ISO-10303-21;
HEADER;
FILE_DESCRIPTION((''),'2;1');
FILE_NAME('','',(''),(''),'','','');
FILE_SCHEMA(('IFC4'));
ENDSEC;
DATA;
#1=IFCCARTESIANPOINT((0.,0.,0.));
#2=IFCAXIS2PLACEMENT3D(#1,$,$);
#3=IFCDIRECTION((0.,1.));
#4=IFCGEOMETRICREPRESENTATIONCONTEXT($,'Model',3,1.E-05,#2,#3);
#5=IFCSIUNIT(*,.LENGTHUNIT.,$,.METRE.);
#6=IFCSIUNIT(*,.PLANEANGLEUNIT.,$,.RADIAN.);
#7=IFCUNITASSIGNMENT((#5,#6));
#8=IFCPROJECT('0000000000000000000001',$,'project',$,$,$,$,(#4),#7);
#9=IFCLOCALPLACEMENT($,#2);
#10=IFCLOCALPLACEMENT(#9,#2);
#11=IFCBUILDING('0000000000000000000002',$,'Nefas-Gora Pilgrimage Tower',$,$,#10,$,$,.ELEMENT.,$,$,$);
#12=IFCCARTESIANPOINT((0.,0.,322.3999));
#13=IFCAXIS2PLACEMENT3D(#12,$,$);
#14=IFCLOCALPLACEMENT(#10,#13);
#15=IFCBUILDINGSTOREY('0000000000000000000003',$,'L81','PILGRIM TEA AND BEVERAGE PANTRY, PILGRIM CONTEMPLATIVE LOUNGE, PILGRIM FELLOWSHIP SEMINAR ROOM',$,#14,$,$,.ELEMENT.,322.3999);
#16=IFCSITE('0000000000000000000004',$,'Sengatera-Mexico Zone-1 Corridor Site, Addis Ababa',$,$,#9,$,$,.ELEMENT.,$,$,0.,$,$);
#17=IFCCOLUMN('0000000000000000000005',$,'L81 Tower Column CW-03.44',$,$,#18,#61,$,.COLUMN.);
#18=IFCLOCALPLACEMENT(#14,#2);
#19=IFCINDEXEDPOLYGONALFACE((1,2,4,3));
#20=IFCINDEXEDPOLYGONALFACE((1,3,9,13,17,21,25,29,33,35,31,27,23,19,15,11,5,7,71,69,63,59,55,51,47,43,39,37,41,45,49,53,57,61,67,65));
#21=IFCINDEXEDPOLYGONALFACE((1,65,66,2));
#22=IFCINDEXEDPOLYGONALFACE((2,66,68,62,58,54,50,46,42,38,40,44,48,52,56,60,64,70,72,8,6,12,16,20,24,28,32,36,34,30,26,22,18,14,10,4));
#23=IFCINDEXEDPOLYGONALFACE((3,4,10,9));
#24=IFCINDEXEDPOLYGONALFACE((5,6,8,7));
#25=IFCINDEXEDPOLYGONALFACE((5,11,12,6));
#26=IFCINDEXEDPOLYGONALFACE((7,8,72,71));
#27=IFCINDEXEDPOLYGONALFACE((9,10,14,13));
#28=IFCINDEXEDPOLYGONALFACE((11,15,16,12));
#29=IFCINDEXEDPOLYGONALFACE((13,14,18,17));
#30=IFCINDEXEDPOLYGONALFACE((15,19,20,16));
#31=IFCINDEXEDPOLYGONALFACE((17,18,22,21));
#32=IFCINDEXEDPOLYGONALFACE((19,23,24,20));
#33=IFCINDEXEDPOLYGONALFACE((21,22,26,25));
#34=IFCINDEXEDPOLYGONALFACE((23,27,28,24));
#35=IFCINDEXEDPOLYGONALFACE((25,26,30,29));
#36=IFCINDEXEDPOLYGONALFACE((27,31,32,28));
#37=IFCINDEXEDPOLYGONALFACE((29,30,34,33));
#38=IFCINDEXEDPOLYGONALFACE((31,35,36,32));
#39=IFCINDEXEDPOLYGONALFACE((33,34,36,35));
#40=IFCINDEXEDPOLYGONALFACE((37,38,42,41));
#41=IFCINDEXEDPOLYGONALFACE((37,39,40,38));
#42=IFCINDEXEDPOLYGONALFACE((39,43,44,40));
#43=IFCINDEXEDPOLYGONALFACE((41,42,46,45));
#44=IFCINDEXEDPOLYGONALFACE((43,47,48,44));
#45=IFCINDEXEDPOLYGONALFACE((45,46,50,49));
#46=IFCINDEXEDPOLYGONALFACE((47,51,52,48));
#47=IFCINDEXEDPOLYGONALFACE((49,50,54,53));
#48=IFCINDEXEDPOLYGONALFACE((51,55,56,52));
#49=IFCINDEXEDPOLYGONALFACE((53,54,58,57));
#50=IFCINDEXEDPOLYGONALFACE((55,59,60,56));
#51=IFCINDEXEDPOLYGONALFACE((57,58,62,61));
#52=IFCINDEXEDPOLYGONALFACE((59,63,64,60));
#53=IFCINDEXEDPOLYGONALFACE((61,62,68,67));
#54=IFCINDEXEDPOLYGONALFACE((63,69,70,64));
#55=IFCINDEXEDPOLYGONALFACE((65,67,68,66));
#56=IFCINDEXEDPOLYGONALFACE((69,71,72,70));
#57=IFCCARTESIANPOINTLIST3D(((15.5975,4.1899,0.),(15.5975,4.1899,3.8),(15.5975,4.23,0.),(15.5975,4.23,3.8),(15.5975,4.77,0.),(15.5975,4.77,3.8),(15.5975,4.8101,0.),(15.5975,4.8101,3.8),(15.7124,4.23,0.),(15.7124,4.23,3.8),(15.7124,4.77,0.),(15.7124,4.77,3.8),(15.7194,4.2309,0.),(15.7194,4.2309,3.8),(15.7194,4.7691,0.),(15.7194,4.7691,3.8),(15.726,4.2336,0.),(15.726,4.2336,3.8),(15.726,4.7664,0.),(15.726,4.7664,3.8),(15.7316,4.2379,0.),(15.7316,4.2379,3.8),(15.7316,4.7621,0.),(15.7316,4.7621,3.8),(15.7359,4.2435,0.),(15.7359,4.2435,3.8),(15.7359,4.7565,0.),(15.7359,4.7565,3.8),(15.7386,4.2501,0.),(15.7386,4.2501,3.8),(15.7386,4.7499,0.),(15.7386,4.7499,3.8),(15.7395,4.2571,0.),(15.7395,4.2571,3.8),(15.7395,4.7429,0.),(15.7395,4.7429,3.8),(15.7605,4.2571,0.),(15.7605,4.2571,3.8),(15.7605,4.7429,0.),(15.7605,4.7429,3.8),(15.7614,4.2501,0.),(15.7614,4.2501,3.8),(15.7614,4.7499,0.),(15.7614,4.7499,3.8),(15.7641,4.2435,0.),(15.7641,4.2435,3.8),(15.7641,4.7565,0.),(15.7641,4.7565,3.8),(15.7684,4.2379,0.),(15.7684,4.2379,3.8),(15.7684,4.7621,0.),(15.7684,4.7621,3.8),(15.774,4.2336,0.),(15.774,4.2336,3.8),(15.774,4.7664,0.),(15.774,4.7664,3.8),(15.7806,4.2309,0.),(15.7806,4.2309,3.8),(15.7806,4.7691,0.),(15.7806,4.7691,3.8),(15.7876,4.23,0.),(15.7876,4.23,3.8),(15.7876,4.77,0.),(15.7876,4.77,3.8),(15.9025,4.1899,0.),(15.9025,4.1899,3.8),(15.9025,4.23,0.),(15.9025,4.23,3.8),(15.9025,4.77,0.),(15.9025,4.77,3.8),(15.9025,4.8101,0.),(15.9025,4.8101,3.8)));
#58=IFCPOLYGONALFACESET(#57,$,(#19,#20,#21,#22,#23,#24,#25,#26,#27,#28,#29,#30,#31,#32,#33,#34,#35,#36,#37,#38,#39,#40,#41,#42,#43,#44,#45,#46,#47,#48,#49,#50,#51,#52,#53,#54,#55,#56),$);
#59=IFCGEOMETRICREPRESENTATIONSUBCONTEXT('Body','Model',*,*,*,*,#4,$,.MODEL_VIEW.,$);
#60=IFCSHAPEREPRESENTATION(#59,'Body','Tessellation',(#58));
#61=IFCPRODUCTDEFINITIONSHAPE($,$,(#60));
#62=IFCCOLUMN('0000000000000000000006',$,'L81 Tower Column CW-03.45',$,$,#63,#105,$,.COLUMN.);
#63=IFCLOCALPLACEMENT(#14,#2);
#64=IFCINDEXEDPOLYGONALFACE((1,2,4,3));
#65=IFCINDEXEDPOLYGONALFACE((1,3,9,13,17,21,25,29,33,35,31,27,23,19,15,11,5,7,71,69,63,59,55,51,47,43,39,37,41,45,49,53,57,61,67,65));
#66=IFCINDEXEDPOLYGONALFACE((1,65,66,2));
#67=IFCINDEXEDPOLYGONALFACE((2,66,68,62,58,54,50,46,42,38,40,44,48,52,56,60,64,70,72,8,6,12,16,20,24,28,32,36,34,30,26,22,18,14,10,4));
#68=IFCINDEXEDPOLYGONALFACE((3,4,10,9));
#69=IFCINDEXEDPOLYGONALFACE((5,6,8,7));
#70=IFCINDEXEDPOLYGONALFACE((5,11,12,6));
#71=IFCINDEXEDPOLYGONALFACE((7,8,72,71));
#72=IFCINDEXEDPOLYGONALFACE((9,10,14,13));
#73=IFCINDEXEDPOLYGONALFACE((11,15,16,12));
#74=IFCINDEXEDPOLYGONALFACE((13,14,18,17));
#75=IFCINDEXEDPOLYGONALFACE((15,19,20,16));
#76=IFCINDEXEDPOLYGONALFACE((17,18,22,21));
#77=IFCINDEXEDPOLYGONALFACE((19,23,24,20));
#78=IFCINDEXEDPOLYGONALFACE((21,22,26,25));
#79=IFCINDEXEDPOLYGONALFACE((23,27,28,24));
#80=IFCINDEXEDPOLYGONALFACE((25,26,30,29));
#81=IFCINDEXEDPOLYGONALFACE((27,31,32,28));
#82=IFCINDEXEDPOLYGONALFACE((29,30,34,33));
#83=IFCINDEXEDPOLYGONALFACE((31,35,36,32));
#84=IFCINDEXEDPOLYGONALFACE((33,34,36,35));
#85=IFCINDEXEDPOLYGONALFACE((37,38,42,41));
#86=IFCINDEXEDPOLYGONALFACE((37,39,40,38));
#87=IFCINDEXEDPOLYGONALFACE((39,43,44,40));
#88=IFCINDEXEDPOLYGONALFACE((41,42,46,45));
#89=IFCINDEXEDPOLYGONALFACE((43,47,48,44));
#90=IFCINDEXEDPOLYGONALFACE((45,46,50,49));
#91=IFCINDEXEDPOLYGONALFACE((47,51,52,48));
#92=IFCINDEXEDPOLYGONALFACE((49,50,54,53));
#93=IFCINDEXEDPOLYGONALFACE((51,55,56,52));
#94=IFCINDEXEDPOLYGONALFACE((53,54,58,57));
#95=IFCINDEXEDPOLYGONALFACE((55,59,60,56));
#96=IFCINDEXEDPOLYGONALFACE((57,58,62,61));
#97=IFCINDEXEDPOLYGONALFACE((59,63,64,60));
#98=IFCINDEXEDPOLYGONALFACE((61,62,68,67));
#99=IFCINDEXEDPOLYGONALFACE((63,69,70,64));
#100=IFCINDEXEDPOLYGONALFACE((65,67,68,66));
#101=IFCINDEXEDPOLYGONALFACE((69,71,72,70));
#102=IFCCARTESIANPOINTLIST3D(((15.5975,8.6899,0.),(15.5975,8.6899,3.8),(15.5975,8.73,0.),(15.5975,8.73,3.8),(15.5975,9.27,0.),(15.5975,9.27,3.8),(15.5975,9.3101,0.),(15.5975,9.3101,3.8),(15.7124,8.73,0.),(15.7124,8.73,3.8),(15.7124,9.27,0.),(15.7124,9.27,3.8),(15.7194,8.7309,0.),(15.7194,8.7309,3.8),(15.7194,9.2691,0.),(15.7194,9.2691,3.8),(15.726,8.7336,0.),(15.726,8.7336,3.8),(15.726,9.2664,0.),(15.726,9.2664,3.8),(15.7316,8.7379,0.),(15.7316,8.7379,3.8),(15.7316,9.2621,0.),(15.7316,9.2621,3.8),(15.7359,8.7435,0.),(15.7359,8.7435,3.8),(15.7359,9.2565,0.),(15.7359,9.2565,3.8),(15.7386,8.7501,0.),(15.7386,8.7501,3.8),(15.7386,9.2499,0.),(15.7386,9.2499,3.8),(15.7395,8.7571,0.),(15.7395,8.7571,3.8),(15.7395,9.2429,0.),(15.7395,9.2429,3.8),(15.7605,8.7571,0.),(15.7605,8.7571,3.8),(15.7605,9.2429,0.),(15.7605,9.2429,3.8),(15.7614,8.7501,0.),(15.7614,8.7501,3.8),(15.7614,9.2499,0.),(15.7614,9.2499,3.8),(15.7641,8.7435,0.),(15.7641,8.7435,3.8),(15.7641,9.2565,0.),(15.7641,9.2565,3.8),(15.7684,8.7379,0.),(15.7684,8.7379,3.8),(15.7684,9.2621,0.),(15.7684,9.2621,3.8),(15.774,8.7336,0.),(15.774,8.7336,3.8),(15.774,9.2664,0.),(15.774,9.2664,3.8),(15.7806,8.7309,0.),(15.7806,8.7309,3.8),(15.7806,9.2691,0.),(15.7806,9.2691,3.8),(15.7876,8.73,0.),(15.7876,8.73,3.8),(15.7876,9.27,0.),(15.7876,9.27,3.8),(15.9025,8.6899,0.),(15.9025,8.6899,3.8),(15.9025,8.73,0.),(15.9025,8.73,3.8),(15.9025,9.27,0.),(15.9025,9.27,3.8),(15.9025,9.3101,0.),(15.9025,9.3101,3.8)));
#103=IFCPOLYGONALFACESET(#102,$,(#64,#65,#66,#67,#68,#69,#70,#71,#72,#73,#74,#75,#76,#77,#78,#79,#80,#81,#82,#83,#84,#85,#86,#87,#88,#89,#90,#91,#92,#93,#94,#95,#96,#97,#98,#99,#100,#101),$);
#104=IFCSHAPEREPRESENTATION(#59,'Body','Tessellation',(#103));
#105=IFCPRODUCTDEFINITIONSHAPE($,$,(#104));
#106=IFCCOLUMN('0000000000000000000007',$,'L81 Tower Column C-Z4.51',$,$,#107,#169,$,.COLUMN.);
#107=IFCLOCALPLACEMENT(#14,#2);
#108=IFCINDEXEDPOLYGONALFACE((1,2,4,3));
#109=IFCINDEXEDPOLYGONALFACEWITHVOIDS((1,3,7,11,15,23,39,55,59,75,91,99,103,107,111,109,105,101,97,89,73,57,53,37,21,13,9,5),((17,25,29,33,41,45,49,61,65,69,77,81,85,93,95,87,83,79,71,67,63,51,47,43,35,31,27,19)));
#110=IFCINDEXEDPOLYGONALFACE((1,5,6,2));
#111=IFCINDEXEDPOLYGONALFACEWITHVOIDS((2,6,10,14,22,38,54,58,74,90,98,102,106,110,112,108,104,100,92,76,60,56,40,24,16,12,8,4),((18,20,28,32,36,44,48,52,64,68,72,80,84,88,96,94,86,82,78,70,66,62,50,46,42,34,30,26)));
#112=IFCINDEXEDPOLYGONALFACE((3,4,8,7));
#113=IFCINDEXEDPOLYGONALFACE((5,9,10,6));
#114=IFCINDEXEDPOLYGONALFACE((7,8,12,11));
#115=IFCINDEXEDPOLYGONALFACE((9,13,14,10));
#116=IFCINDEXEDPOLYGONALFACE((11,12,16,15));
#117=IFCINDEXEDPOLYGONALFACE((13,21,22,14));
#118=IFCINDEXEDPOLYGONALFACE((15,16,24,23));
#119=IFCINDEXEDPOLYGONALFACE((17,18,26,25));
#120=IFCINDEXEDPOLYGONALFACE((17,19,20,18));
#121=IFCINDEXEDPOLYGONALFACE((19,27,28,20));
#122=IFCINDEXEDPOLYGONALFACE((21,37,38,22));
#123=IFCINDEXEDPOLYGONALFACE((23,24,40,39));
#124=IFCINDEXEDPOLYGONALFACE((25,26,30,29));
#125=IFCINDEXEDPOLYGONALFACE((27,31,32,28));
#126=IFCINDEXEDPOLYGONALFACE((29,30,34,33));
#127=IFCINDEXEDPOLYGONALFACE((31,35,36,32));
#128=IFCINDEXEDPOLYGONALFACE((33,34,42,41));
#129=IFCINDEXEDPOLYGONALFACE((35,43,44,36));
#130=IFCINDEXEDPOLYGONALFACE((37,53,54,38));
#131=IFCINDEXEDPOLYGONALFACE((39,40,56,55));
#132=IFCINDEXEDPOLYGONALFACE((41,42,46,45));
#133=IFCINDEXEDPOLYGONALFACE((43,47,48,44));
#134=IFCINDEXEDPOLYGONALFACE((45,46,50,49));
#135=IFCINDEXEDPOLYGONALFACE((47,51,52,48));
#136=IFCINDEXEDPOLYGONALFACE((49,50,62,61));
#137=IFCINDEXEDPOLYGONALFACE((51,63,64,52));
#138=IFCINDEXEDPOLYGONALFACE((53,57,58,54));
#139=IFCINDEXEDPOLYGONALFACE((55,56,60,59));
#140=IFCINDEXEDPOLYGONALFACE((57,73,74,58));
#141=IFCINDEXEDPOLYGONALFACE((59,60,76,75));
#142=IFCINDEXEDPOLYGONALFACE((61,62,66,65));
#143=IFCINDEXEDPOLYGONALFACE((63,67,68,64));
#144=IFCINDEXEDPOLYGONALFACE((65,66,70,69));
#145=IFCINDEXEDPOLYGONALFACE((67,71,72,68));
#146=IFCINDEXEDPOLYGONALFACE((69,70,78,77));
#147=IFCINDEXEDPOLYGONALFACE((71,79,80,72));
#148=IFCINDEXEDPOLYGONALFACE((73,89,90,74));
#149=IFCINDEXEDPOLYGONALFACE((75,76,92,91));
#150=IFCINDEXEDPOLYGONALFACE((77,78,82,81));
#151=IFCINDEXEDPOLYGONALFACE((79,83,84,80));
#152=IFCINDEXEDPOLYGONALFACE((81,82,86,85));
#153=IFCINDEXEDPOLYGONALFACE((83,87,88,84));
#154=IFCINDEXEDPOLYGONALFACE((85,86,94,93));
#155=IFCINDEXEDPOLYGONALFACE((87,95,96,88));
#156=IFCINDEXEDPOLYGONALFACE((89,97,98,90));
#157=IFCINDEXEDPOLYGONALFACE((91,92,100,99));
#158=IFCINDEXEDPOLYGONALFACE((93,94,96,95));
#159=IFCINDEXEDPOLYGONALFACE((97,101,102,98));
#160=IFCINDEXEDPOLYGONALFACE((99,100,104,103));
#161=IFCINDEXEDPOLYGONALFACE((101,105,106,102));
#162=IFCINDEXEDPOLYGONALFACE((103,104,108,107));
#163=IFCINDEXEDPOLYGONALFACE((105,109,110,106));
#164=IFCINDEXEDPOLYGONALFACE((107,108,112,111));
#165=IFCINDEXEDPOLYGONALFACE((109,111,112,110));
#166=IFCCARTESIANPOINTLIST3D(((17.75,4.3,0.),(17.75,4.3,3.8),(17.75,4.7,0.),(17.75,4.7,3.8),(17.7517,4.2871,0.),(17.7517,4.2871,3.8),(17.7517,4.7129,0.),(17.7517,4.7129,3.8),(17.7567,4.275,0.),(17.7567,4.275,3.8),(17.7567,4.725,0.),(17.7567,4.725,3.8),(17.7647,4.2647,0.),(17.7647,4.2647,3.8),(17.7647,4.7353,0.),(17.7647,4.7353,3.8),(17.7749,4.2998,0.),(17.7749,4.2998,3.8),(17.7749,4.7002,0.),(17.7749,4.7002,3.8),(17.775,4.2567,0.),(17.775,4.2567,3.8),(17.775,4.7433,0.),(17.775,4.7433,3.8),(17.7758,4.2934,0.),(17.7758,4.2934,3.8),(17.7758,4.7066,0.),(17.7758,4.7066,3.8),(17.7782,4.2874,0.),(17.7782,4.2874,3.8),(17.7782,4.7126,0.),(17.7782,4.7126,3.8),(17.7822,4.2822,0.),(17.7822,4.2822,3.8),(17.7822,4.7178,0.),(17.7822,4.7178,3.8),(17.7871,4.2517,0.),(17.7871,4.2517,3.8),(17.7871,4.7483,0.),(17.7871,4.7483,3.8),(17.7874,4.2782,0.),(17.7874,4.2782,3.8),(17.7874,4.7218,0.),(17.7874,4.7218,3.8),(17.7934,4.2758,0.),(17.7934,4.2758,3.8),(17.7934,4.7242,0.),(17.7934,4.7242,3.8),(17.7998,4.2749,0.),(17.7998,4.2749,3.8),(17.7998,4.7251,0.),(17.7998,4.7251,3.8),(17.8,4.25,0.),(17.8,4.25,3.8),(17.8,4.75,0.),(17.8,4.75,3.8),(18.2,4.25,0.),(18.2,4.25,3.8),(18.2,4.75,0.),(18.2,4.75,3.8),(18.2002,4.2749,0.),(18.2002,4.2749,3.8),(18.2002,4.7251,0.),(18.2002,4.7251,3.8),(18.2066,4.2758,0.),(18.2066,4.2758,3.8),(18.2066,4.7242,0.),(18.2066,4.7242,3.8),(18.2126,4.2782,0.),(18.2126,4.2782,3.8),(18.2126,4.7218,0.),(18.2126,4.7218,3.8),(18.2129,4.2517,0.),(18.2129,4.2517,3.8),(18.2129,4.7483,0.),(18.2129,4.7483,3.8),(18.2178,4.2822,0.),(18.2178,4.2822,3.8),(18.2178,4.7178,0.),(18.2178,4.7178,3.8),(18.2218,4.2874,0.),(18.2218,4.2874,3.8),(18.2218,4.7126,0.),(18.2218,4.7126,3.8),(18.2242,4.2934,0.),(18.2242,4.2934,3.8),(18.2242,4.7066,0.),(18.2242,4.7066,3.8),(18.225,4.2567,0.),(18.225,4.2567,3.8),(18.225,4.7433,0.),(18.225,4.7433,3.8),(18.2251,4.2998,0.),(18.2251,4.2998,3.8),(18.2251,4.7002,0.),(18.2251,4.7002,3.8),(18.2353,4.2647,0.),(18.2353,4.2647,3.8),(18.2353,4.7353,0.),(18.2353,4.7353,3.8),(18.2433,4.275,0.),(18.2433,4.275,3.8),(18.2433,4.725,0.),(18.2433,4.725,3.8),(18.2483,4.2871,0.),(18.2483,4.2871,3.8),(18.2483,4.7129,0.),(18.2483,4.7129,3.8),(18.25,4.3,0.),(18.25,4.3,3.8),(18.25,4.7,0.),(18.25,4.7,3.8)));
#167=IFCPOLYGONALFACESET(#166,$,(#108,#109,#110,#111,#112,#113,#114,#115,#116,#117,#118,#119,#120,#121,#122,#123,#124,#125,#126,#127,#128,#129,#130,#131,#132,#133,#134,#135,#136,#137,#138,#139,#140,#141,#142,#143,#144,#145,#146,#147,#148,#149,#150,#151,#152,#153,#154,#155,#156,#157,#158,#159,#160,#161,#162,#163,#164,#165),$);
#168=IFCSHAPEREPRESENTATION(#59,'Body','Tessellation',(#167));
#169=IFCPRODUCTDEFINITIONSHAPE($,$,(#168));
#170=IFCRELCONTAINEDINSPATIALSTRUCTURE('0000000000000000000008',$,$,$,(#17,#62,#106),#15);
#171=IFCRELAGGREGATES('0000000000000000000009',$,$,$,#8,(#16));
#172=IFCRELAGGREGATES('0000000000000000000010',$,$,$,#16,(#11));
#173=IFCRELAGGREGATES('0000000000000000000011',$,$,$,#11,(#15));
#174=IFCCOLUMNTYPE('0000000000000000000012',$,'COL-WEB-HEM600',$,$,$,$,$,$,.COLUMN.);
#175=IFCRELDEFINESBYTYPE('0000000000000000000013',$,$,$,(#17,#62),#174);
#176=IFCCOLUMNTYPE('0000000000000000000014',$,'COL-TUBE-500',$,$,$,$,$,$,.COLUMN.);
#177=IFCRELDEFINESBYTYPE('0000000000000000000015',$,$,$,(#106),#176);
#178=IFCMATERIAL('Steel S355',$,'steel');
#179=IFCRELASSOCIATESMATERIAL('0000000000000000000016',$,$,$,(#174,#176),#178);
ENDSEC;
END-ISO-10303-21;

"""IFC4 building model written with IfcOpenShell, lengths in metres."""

from ifc_helpers import new_model, si_unit, direction, frame, origin, origin_2d, place, context, subcontext, project, spatial, hollow_rectangle, i_section, extrude, source, transform, mapped, material, material_profile, profile_set, type_object, element, save


model = new_model("IFC4")

# Units and contexts
model_context = context("Model", 3, precision=1e-05, world=origin(), true_north=direction((0.0, 1.0)))
body_context = subcontext(model_context, "Body", "Model", "MODEL_VIEW")
ifc_project = project(units=[si_unit("LENGTHUNIT", "METRE"), si_unit("PLANEANGLEUNIT", "RADIAN")], contexts=[model_context])

# Site, building, storey
site_placement = place(None, origin())
site = spatial("IfcSite", under=ifc_project, at=site_placement, Name="Sengatera-Mexico Zone-1 Corridor Site, Addis Ababa", CompositionType="ELEMENT", RefElevation=0.0)
building_placement = place(site_placement, origin())
building = spatial("IfcBuilding", under=site, at=building_placement, Name="Nefas-Gora Pilgrimage Tower", CompositionType="ELEMENT")
storey_placement = place(building_placement, frame((0.0, 0.0, 322.3999)))
storey = spatial("IfcBuildingStorey", under=building, at=storey_placement, Name="L81", Description="PILGRIM TEA AND BEVERAGE PANTRY, PILGRIM CONTEMPLATIVE LOUNGE, PILGRIM FELLOWSHIP SEMINAR ROOM", CompositionType="ELEMENT", Elevation=322.3999)

# Columns
ifc_material_1 = material(Name="Steel S355", Category="steel")
ifc_material_profile_1 = material_profile(ifc_material_1, i_section(OverallWidth=0.3049, OverallDepth=0.6201, WebThickness=0.021, FlangeThickness=0.04, FilletRadius=0.0271, at=origin_2d()), Name="HEM 600")
ifc_profile_set_1 = profile_set([ifc_material_profile_1], Name="Steel S355")
column_type_1 = type_object("IfcColumnType", Name="COL-WEB-HEM600", PredefinedType="COLUMN", material=ifc_profile_set_1)
shared_shape_1 = source(origin(), body_context, "Body", "SweptSolid", [
    extrude(i_section(OverallWidth=0.3049, OverallDepth=0.6201, WebThickness=0.021, FlangeThickness=0.04, FilletRadius=0.0271, at=origin_2d()), origin(), (0.0, 0.0, 1.0), 3.8),
])
for number, where, z_axis, x_axis, name in (
    (1, (15.75, 4.5, 0.0), (0.0, 0.0, 1.0), (1.0, 0.0, 0.0), "L81 Tower Column CW-03.44"),
    (2, (15.75, 9.0, 0.0), (0.0, 0.0, 1.0), (1.0, 0.0, 0.0), "L81 Tower Column CW-03.45"),
):
    element("IfcColumn", number, at=place(storey_placement, frame(where, z_axis=z_axis, x_axis=x_axis)), inside=storey, type_object=column_type_1, Name=name, PredefinedType="COLUMN", context=body_context, shape_type="MappedRepresentation", body=[
        mapped(shared_shape_1, transform((0.0, 0.0, 0.0), x_axis=(1.0, 0.0, 0.0), y_axis=(0.0, 1.0, 0.0), z_axis=(0.0, 0.0, 1.0), scale=1.0)),
    ])
ifc_material_profile_2 = material_profile(ifc_material_1, hollow_rectangle(XDim=0.5, YDim=0.5, WallThickness=0.0249, InnerFilletRadius=0.0249, OuterFilletRadius=0.05, at=origin_2d()), Name="SHS 500x500x25")
ifc_profile_set_2 = profile_set([ifc_material_profile_2], Name="Steel S355")
column_type_2 = type_object("IfcColumnType", Name="COL-TUBE-500", PredefinedType="COLUMN", material=ifc_profile_set_2)
shared_shape_2 = source(origin(), body_context, "Body", "SweptSolid", [
    extrude(hollow_rectangle(XDim=0.5, YDim=0.5, WallThickness=0.0249, InnerFilletRadius=0.0249, OuterFilletRadius=0.05, at=origin_2d()), origin(), (0.0, 0.0, 1.0), 3.8),
])
for number, where, z_axis, x_axis, name in (
    (3, (18.0, 4.5, 0.0), (0.0, 0.0, 1.0), (1.0, 0.0, 0.0), "L81 Tower Column C-Z4.51"),
):
    element("IfcColumn", number, at=place(storey_placement, frame(where, z_axis=z_axis, x_axis=x_axis)), inside=storey, type_object=column_type_2, Name=name, PredefinedType="COLUMN", context=body_context, shape_type="MappedRepresentation", body=[
        mapped(shared_shape_2, transform((0.0, 0.0, 0.0), x_axis=(1.0, 0.0, 0.0), y_axis=(0.0, 1.0, 0.0), z_axis=(0.0, 0.0, 1.0), scale=1.0)),
    ])

save(model, "model.ifc")
